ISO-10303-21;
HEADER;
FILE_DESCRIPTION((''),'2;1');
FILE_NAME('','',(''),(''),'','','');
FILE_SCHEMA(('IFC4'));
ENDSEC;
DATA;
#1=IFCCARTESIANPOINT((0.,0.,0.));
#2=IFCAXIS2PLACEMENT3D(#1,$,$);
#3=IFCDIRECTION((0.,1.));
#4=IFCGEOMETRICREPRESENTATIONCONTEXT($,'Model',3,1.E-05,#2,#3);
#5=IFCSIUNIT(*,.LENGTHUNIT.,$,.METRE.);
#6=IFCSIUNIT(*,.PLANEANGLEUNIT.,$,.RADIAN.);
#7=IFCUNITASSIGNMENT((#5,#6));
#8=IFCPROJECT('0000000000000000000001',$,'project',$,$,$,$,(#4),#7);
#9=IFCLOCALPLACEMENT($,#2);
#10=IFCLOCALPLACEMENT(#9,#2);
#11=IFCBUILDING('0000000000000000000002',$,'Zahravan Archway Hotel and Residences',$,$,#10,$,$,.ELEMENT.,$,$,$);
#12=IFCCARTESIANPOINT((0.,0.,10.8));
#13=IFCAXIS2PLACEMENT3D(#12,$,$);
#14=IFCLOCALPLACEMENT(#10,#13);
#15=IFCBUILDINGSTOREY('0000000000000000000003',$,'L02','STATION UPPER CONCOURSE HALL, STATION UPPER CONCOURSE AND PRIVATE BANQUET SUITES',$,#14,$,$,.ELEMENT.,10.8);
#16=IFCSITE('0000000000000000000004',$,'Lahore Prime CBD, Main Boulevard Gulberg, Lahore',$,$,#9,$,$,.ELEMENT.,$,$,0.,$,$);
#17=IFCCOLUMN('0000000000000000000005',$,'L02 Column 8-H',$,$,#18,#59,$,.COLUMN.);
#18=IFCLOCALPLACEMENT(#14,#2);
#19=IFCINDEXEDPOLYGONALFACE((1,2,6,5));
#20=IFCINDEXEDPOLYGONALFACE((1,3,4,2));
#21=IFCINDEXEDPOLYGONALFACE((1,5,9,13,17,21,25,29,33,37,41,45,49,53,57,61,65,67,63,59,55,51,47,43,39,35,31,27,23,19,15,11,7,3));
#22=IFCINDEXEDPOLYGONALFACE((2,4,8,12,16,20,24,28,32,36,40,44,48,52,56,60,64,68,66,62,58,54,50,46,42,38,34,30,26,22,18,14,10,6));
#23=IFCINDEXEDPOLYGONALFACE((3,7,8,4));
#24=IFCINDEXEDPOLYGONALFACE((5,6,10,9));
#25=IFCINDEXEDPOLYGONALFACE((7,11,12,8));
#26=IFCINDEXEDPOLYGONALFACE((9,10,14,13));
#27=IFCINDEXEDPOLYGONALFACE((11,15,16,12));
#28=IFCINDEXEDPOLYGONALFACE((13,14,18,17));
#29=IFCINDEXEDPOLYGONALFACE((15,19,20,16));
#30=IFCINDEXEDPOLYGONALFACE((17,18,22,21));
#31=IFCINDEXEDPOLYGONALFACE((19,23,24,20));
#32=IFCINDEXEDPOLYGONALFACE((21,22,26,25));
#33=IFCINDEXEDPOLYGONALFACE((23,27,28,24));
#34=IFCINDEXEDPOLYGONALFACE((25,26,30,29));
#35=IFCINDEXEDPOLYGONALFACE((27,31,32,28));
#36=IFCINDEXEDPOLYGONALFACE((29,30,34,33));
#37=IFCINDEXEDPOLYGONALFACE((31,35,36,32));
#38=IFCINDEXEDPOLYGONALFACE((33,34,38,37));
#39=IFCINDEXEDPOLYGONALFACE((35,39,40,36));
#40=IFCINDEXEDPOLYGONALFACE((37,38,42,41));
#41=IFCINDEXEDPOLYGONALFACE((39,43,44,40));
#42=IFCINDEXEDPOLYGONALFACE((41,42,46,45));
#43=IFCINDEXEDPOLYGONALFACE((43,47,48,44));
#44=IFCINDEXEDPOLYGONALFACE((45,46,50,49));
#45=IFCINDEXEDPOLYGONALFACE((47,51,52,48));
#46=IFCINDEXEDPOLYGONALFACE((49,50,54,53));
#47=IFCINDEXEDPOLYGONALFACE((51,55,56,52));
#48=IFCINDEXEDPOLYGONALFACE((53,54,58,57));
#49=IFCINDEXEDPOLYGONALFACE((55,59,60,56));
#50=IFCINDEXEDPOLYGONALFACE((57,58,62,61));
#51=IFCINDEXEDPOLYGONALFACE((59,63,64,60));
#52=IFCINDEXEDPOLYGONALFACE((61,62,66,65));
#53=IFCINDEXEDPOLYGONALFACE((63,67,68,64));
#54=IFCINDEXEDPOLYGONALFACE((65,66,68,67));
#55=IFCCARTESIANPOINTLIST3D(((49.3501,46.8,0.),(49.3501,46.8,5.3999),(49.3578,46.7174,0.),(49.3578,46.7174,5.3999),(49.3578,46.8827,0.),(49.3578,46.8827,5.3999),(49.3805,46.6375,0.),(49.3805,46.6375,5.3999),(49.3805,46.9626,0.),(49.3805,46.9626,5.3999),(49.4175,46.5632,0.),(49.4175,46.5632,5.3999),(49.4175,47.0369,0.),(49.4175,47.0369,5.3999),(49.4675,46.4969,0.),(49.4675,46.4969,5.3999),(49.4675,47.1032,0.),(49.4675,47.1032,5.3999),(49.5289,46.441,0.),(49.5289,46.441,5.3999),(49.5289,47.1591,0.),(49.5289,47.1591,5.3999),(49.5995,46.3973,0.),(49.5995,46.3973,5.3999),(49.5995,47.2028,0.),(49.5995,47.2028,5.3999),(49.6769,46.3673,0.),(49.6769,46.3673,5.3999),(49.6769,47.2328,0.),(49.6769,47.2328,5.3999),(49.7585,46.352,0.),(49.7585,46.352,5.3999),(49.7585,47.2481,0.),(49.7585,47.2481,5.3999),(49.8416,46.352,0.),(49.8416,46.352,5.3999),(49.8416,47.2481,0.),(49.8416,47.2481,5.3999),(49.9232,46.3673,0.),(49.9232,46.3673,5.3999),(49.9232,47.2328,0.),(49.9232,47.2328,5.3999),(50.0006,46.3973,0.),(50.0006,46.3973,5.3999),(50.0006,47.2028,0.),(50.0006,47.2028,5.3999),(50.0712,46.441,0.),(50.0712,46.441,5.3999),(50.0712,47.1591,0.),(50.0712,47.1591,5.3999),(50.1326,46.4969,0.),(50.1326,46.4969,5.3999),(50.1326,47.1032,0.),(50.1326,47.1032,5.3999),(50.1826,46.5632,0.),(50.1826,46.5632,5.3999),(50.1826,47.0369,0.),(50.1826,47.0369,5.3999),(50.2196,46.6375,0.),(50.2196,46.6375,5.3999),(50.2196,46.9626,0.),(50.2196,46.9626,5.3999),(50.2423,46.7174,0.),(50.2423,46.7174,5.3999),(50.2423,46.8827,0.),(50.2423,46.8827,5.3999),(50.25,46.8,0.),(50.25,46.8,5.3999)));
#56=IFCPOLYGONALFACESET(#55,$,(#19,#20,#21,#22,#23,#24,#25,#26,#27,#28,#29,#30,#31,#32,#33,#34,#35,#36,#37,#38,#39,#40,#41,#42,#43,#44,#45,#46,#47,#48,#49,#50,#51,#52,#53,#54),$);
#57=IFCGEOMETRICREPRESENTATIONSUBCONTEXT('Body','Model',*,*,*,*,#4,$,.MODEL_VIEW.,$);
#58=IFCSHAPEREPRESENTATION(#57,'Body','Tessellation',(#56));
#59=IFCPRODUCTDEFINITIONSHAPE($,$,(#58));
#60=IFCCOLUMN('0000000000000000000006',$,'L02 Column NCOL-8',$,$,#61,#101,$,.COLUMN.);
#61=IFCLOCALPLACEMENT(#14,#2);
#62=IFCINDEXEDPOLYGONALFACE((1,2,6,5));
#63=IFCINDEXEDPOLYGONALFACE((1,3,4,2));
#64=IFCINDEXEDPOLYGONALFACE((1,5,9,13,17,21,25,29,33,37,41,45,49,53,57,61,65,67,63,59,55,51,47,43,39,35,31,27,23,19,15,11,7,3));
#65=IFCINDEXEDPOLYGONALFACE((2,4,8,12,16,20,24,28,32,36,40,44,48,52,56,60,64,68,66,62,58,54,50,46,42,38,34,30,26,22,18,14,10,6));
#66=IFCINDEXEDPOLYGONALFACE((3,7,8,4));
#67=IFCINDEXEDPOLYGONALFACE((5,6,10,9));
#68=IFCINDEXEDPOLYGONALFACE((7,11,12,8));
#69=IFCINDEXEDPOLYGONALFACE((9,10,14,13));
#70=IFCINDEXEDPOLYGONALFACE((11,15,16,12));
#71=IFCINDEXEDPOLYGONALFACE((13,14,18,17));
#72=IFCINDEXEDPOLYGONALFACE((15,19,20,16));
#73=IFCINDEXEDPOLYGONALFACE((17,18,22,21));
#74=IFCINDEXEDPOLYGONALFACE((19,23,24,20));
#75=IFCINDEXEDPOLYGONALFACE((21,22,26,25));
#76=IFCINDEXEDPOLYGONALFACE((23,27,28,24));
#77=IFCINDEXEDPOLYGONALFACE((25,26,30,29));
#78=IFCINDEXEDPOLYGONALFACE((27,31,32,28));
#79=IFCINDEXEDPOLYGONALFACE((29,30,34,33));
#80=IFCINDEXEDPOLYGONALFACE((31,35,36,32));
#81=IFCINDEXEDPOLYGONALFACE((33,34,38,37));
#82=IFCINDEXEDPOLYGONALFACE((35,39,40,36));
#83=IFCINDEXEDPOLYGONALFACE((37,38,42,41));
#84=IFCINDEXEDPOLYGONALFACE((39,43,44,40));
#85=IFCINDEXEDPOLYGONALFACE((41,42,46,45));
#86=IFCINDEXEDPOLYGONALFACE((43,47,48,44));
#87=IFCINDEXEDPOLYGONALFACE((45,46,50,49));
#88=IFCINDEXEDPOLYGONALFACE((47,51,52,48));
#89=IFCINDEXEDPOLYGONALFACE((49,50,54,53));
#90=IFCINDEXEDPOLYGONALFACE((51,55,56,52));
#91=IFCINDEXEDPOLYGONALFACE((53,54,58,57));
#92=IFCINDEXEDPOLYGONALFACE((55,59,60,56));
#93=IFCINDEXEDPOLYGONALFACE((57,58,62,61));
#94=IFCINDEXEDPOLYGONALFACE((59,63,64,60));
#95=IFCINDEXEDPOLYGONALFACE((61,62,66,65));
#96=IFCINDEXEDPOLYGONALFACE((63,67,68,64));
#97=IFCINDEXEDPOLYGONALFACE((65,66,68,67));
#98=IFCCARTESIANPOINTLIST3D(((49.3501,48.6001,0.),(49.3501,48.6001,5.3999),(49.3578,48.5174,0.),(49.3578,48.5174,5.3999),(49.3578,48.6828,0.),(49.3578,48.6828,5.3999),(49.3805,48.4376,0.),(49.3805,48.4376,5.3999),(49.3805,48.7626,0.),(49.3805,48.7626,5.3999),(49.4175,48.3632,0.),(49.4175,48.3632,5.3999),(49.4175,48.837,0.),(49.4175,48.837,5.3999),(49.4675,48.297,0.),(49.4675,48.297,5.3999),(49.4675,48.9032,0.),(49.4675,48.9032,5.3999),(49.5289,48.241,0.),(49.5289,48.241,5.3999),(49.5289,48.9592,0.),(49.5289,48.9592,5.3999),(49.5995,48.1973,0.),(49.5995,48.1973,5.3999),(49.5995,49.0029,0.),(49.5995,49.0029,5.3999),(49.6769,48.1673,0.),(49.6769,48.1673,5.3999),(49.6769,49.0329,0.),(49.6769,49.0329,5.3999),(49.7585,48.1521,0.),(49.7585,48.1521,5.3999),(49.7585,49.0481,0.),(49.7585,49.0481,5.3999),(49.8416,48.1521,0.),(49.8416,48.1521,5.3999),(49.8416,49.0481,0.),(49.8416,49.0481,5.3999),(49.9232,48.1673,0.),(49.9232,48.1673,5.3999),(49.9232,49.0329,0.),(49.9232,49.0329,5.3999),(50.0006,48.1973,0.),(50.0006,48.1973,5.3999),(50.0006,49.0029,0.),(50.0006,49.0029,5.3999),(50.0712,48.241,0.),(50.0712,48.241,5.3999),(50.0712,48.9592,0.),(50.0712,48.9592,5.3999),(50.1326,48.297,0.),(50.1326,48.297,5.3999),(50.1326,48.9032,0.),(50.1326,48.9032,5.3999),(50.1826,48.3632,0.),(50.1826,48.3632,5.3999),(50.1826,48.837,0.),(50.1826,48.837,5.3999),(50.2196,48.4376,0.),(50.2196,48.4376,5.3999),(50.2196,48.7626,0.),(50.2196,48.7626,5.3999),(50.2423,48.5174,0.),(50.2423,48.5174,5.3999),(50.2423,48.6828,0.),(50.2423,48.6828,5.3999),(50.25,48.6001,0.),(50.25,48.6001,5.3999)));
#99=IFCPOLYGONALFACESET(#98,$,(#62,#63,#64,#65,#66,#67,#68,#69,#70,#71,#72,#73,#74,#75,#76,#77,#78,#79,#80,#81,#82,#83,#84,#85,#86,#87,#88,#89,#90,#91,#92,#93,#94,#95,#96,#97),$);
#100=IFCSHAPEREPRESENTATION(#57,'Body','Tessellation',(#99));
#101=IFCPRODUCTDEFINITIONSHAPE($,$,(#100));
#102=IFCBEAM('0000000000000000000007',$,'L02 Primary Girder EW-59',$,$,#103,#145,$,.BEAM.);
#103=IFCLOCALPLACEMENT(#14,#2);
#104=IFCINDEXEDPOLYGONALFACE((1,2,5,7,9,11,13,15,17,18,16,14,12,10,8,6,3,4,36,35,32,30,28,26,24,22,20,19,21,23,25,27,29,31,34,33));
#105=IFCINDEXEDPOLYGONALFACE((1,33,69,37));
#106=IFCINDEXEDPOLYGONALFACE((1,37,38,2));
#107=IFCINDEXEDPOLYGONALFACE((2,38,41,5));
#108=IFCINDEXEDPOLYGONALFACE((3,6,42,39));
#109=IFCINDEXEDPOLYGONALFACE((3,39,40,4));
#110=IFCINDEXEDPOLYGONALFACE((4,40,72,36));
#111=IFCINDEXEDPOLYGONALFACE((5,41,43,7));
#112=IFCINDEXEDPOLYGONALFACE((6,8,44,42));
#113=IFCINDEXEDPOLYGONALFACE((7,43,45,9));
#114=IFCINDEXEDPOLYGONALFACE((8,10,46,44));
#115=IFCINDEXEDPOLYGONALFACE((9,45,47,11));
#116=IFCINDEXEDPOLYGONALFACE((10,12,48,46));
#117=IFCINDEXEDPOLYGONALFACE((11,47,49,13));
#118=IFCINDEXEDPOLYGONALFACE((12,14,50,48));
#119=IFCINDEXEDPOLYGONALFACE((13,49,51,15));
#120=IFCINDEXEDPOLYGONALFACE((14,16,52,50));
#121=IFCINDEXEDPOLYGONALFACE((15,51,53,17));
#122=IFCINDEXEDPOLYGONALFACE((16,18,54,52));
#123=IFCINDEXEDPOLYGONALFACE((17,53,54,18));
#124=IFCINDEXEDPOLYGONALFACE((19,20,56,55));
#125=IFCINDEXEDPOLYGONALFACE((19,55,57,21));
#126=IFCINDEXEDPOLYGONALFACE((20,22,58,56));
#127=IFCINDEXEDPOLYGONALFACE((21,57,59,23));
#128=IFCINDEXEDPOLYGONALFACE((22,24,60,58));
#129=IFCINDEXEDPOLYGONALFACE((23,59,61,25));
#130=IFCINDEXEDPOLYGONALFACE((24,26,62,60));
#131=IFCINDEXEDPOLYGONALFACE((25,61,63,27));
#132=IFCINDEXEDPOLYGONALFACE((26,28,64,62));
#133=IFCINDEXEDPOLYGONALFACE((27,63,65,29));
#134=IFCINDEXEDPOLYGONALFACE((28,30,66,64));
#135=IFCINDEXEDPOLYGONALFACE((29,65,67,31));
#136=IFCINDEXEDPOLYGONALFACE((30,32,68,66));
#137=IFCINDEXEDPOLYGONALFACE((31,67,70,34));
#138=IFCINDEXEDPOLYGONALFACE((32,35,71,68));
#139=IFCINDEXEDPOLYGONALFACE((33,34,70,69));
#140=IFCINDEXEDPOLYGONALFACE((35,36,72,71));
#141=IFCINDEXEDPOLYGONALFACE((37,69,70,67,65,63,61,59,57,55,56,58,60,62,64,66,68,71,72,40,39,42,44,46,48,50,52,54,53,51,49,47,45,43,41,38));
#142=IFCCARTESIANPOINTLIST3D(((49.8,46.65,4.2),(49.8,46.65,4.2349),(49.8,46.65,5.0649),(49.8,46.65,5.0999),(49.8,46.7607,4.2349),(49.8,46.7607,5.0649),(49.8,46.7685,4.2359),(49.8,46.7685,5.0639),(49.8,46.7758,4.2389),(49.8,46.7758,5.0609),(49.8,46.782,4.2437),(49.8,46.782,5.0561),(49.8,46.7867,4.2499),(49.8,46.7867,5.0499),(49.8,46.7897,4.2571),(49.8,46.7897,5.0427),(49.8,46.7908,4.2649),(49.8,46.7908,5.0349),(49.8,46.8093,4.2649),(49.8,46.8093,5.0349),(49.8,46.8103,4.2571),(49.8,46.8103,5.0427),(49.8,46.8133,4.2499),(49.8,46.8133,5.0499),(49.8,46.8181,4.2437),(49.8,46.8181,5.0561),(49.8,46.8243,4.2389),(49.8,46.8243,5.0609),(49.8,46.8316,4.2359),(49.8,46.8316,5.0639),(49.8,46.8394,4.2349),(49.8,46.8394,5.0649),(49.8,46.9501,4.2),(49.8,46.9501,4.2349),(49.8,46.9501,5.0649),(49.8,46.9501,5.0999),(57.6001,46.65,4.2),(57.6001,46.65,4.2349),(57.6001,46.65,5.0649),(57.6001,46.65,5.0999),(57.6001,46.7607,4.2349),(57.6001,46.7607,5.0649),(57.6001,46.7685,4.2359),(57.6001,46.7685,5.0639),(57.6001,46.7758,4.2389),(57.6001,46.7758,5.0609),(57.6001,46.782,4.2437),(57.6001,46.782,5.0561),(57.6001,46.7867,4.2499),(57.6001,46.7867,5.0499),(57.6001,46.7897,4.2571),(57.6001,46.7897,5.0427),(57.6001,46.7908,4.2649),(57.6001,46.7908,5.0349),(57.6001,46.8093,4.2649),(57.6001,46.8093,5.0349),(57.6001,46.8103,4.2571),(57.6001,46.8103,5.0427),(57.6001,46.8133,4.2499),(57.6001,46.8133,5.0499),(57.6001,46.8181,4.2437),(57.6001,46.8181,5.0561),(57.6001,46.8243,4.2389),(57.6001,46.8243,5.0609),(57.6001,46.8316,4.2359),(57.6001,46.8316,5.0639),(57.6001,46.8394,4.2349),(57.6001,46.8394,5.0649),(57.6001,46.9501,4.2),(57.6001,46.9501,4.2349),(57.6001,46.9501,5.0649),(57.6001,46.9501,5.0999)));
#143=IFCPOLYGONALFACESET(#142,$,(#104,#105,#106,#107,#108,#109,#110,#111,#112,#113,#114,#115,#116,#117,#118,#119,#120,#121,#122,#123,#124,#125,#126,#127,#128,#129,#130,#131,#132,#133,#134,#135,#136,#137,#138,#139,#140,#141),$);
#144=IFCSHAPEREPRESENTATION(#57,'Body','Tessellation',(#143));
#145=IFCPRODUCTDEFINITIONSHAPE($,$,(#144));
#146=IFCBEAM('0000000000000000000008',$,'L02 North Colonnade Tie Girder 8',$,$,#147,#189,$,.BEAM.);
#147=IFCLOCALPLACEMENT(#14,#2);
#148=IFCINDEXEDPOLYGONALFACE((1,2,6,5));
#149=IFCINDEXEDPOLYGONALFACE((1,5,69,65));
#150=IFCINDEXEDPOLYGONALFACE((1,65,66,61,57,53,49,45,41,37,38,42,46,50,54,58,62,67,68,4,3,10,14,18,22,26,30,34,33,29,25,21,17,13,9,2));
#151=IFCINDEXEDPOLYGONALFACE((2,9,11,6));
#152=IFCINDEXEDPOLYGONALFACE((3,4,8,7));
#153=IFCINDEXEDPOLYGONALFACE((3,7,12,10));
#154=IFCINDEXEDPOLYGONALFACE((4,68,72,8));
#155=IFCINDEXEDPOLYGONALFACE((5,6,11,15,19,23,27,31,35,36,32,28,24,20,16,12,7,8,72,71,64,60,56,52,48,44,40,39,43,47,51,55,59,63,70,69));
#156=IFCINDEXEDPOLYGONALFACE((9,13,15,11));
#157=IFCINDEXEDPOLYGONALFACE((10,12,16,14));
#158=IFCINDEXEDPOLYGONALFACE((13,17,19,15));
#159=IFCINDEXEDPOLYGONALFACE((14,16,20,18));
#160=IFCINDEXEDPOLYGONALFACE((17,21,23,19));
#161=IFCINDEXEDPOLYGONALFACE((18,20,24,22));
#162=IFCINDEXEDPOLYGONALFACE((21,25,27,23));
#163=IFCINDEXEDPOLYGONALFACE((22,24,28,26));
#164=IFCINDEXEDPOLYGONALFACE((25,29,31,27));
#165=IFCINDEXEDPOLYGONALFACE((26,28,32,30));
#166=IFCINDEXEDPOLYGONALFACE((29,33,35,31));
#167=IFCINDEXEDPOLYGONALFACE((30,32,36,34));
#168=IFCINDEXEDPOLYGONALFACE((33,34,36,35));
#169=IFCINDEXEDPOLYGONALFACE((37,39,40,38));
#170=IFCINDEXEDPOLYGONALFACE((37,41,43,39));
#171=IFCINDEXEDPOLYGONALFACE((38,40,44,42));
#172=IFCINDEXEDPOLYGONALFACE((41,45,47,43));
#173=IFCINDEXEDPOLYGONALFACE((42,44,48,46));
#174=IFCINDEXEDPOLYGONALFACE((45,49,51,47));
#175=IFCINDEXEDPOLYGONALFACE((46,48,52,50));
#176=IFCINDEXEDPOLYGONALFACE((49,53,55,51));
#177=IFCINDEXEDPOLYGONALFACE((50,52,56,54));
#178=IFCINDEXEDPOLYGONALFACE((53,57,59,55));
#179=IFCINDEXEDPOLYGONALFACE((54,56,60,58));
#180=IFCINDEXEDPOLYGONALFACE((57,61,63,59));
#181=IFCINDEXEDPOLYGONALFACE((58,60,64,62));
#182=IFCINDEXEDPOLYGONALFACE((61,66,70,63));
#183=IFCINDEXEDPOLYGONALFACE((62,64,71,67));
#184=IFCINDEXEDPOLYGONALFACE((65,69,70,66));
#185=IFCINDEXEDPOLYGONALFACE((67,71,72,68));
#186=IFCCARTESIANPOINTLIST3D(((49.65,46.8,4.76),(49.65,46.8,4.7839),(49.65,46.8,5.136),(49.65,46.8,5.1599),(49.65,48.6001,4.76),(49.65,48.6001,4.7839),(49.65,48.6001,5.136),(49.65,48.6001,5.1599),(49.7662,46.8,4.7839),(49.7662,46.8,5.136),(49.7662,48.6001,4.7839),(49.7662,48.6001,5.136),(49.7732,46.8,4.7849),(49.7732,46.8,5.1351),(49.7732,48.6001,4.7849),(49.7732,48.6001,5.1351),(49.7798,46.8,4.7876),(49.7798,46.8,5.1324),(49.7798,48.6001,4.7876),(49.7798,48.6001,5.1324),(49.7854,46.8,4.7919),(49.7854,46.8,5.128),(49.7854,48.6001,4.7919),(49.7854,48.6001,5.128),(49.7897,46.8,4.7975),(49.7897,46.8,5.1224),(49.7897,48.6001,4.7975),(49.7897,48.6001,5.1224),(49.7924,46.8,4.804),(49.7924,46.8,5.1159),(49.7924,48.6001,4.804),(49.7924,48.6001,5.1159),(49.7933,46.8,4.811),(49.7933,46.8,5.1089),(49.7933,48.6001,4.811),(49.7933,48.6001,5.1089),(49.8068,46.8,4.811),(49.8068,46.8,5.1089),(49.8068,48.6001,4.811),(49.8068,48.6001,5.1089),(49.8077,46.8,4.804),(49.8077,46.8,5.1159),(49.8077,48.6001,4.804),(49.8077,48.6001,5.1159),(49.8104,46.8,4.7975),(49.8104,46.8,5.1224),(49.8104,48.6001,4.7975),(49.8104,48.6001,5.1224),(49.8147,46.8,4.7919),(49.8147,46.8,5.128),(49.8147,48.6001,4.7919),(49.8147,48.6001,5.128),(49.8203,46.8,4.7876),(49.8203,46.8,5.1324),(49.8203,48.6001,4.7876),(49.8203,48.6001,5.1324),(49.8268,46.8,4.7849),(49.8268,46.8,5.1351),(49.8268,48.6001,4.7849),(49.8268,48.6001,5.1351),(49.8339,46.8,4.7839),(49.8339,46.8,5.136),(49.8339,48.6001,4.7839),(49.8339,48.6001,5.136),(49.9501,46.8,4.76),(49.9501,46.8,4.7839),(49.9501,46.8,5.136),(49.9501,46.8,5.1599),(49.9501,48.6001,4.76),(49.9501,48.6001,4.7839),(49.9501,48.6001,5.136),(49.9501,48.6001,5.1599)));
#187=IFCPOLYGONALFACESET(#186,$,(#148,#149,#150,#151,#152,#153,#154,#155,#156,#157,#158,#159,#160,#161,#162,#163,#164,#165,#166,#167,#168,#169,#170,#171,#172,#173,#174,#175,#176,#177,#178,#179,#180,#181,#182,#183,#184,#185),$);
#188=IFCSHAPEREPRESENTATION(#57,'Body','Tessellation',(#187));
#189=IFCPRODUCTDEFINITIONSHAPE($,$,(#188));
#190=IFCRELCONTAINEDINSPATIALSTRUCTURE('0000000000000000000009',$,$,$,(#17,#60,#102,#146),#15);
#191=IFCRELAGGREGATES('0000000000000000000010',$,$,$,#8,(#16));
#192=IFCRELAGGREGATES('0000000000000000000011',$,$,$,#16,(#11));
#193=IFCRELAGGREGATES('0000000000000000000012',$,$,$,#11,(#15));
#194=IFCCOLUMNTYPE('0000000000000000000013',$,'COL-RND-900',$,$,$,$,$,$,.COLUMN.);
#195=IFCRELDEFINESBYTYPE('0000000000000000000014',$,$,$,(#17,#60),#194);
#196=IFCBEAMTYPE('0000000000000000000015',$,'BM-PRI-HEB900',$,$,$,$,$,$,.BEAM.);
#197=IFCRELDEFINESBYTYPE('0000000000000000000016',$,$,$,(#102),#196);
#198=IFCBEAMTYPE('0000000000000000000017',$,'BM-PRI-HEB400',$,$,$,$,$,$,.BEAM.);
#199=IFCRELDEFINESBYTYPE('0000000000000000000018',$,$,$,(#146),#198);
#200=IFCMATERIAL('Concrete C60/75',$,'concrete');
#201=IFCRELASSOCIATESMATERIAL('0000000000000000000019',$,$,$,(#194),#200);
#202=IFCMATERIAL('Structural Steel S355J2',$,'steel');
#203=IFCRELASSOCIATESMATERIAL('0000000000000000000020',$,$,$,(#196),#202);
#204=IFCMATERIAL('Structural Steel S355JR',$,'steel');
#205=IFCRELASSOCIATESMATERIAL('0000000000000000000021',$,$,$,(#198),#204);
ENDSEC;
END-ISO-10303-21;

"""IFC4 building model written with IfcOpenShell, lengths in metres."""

from ifc_helpers import new_model, si_unit, direction, frame, origin, origin_2d, place, context, subcontext, project, spatial, circle, i_section, extrude, source, transform, mapped, material, material_profile, profile_set, type_object, type_shapes, element, save


model = new_model("IFC4")

# Units and contexts
model_context = context("Model", 3, precision=1e-05, world=origin(), true_north=direction((0.0, 1.0)))
body_context = subcontext(model_context, "Body", "Model", "MODEL_VIEW")
ifc_project = project(units=[si_unit("LENGTHUNIT", "METRE"), si_unit("PLANEANGLEUNIT", "RADIAN")], contexts=[model_context])

# Site, building, storey
site_placement = place(None, origin())
site = spatial("IfcSite", under=ifc_project, at=site_placement, Name="Lahore Prime CBD, Main Boulevard Gulberg, Lahore", CompositionType="ELEMENT", RefElevation=0.0)
building_placement = place(site_placement, origin())
building = spatial("IfcBuilding", under=site, at=building_placement, Name="Zahravan Archway Hotel and Residences", CompositionType="ELEMENT")
storey_placement = place(building_placement, frame((0.0, 0.0, 10.8)))
storey = spatial("IfcBuildingStorey", under=building, at=storey_placement, Name="L02", Description="STATION UPPER CONCOURSE HALL, STATION UPPER CONCOURSE AND PRIVATE BANQUET SUITES", CompositionType="ELEMENT", Elevation=10.8)

# Columns
ifc_material_1 = material(Name="Concrete C60/75", Category="concrete")
ifc_material_profile_1 = material_profile(ifc_material_1, circle(Radius=0.45, at=origin_2d()), Name="RC-CIRC-900", Category="concrete")
ifc_profile_set_1 = profile_set([ifc_material_profile_1], Name="Concrete C60/75")
column_type = type_object("IfcColumnType", Name="COL-RND-900", PredefinedType="COLUMN", material=ifc_profile_set_1)
shared_shape_1 = source(origin(), body_context, "Body", "SweptSolid", [
    extrude(circle(Radius=0.45, at=origin_2d()), origin(), (0.0, 0.0, 1.0), 5.3999),
])
type_shapes(column_type, [shared_shape_1])
for number, where, z_axis, x_axis, name in (
    (1, (49.8, 46.8, 0.0), (0.0, 0.0, 1.0), (1.0, 0.0, 0.0), "L02 Column 8-H"),
    (2, (49.8, 48.6001, 0.0), (0.0, 0.0, 1.0), (1.0, 0.0, 0.0), "L02 Column NCOL-8"),
):
    element("IfcColumn", number, at=place(storey_placement, frame(where, z_axis=z_axis, x_axis=x_axis)), inside=storey, type_object=column_type, Name=name, PredefinedType="COLUMN", context=body_context, shape_type="MappedRepresentation", body=[
        mapped(shared_shape_1, transform((0.0, 0.0, 0.0), scale=1.0)),
    ])

# Beams
ifc_material_2 = material(Name="Structural Steel S355J2", Category="steel")
ifc_material_profile_2 = material_profile(ifc_material_2, i_section(OverallWidth=0.3, OverallDepth=0.8999, WebThickness=0.0186, FlangeThickness=0.0349, FilletRadius=0.03, at=origin_2d()), Name="HEB 900", Category="steel")
ifc_profile_set_2 = profile_set([ifc_material_profile_2], Name="Structural Steel S355J2")
beam_type_1 = type_object("IfcBeamType", Name="BM-PRI-HEB900", PredefinedType="BEAM", material=ifc_profile_set_2)
shared_shape_2 = source(origin(), body_context, "Body", "SweptSolid", [
    extrude(i_section(OverallWidth=0.3, OverallDepth=0.8999, WebThickness=0.0186, FlangeThickness=0.0349, FilletRadius=0.03, at=origin_2d()), origin(), (0.0, 0.0, 1.0), 7.8),
])
beam_1_placement = place(storey_placement, frame((49.8, 46.8, 4.6499), z_axis=(1.0, 0.0, 0.0), x_axis=(0.0, 1.0, 0.0)))
element("IfcBeam", 3, at=beam_1_placement, inside=storey, type_object=beam_type_1, Name="L02 Primary Girder EW-59", PredefinedType="BEAM", context=body_context, shape_type="MappedRepresentation", body=[
    mapped(shared_shape_2, transform((0.0, 0.0, 0.0), scale=1.0)),
])
ifc_material_3 = material(Name="Structural Steel S355JR", Category="steel")
ifc_material_profile_3 = material_profile(ifc_material_3, i_section(OverallWidth=0.3, OverallDepth=0.3999, WebThickness=0.0134, FlangeThickness=0.0239, FilletRadius=0.0271, at=origin_2d()), Name="HEB 400", Category="steel")
ifc_profile_set_3 = profile_set([ifc_material_profile_3], Name="Structural Steel S355JR")
beam_type_2 = type_object("IfcBeamType", Name="BM-PRI-HEB400", PredefinedType="BEAM", material=ifc_profile_set_3)
shared_shape_3 = source(origin(), body_context, "Body", "SweptSolid", [
    extrude(i_section(OverallWidth=0.3, OverallDepth=0.3999, WebThickness=0.0134, FlangeThickness=0.0239, FilletRadius=0.0271, at=origin_2d()), origin(), (0.0, 0.0, 1.0), 1.8),
])
beam_2_placement = place(storey_placement, frame((49.8, 46.8, 4.96), z_axis=(0.0, 1.0, 0.0), x_axis=(-1.0, 0.0, 0.0)))
element("IfcBeam", 4, at=beam_2_placement, inside=storey, type_object=beam_type_2, Name="L02 North Colonnade Tie Girder 8", PredefinedType="BEAM", context=body_context, shape_type="MappedRepresentation", body=[
    mapped(shared_shape_3, transform((0.0, 0.0, 0.0), scale=1.0)),
])

save(model, "model.ifc")
